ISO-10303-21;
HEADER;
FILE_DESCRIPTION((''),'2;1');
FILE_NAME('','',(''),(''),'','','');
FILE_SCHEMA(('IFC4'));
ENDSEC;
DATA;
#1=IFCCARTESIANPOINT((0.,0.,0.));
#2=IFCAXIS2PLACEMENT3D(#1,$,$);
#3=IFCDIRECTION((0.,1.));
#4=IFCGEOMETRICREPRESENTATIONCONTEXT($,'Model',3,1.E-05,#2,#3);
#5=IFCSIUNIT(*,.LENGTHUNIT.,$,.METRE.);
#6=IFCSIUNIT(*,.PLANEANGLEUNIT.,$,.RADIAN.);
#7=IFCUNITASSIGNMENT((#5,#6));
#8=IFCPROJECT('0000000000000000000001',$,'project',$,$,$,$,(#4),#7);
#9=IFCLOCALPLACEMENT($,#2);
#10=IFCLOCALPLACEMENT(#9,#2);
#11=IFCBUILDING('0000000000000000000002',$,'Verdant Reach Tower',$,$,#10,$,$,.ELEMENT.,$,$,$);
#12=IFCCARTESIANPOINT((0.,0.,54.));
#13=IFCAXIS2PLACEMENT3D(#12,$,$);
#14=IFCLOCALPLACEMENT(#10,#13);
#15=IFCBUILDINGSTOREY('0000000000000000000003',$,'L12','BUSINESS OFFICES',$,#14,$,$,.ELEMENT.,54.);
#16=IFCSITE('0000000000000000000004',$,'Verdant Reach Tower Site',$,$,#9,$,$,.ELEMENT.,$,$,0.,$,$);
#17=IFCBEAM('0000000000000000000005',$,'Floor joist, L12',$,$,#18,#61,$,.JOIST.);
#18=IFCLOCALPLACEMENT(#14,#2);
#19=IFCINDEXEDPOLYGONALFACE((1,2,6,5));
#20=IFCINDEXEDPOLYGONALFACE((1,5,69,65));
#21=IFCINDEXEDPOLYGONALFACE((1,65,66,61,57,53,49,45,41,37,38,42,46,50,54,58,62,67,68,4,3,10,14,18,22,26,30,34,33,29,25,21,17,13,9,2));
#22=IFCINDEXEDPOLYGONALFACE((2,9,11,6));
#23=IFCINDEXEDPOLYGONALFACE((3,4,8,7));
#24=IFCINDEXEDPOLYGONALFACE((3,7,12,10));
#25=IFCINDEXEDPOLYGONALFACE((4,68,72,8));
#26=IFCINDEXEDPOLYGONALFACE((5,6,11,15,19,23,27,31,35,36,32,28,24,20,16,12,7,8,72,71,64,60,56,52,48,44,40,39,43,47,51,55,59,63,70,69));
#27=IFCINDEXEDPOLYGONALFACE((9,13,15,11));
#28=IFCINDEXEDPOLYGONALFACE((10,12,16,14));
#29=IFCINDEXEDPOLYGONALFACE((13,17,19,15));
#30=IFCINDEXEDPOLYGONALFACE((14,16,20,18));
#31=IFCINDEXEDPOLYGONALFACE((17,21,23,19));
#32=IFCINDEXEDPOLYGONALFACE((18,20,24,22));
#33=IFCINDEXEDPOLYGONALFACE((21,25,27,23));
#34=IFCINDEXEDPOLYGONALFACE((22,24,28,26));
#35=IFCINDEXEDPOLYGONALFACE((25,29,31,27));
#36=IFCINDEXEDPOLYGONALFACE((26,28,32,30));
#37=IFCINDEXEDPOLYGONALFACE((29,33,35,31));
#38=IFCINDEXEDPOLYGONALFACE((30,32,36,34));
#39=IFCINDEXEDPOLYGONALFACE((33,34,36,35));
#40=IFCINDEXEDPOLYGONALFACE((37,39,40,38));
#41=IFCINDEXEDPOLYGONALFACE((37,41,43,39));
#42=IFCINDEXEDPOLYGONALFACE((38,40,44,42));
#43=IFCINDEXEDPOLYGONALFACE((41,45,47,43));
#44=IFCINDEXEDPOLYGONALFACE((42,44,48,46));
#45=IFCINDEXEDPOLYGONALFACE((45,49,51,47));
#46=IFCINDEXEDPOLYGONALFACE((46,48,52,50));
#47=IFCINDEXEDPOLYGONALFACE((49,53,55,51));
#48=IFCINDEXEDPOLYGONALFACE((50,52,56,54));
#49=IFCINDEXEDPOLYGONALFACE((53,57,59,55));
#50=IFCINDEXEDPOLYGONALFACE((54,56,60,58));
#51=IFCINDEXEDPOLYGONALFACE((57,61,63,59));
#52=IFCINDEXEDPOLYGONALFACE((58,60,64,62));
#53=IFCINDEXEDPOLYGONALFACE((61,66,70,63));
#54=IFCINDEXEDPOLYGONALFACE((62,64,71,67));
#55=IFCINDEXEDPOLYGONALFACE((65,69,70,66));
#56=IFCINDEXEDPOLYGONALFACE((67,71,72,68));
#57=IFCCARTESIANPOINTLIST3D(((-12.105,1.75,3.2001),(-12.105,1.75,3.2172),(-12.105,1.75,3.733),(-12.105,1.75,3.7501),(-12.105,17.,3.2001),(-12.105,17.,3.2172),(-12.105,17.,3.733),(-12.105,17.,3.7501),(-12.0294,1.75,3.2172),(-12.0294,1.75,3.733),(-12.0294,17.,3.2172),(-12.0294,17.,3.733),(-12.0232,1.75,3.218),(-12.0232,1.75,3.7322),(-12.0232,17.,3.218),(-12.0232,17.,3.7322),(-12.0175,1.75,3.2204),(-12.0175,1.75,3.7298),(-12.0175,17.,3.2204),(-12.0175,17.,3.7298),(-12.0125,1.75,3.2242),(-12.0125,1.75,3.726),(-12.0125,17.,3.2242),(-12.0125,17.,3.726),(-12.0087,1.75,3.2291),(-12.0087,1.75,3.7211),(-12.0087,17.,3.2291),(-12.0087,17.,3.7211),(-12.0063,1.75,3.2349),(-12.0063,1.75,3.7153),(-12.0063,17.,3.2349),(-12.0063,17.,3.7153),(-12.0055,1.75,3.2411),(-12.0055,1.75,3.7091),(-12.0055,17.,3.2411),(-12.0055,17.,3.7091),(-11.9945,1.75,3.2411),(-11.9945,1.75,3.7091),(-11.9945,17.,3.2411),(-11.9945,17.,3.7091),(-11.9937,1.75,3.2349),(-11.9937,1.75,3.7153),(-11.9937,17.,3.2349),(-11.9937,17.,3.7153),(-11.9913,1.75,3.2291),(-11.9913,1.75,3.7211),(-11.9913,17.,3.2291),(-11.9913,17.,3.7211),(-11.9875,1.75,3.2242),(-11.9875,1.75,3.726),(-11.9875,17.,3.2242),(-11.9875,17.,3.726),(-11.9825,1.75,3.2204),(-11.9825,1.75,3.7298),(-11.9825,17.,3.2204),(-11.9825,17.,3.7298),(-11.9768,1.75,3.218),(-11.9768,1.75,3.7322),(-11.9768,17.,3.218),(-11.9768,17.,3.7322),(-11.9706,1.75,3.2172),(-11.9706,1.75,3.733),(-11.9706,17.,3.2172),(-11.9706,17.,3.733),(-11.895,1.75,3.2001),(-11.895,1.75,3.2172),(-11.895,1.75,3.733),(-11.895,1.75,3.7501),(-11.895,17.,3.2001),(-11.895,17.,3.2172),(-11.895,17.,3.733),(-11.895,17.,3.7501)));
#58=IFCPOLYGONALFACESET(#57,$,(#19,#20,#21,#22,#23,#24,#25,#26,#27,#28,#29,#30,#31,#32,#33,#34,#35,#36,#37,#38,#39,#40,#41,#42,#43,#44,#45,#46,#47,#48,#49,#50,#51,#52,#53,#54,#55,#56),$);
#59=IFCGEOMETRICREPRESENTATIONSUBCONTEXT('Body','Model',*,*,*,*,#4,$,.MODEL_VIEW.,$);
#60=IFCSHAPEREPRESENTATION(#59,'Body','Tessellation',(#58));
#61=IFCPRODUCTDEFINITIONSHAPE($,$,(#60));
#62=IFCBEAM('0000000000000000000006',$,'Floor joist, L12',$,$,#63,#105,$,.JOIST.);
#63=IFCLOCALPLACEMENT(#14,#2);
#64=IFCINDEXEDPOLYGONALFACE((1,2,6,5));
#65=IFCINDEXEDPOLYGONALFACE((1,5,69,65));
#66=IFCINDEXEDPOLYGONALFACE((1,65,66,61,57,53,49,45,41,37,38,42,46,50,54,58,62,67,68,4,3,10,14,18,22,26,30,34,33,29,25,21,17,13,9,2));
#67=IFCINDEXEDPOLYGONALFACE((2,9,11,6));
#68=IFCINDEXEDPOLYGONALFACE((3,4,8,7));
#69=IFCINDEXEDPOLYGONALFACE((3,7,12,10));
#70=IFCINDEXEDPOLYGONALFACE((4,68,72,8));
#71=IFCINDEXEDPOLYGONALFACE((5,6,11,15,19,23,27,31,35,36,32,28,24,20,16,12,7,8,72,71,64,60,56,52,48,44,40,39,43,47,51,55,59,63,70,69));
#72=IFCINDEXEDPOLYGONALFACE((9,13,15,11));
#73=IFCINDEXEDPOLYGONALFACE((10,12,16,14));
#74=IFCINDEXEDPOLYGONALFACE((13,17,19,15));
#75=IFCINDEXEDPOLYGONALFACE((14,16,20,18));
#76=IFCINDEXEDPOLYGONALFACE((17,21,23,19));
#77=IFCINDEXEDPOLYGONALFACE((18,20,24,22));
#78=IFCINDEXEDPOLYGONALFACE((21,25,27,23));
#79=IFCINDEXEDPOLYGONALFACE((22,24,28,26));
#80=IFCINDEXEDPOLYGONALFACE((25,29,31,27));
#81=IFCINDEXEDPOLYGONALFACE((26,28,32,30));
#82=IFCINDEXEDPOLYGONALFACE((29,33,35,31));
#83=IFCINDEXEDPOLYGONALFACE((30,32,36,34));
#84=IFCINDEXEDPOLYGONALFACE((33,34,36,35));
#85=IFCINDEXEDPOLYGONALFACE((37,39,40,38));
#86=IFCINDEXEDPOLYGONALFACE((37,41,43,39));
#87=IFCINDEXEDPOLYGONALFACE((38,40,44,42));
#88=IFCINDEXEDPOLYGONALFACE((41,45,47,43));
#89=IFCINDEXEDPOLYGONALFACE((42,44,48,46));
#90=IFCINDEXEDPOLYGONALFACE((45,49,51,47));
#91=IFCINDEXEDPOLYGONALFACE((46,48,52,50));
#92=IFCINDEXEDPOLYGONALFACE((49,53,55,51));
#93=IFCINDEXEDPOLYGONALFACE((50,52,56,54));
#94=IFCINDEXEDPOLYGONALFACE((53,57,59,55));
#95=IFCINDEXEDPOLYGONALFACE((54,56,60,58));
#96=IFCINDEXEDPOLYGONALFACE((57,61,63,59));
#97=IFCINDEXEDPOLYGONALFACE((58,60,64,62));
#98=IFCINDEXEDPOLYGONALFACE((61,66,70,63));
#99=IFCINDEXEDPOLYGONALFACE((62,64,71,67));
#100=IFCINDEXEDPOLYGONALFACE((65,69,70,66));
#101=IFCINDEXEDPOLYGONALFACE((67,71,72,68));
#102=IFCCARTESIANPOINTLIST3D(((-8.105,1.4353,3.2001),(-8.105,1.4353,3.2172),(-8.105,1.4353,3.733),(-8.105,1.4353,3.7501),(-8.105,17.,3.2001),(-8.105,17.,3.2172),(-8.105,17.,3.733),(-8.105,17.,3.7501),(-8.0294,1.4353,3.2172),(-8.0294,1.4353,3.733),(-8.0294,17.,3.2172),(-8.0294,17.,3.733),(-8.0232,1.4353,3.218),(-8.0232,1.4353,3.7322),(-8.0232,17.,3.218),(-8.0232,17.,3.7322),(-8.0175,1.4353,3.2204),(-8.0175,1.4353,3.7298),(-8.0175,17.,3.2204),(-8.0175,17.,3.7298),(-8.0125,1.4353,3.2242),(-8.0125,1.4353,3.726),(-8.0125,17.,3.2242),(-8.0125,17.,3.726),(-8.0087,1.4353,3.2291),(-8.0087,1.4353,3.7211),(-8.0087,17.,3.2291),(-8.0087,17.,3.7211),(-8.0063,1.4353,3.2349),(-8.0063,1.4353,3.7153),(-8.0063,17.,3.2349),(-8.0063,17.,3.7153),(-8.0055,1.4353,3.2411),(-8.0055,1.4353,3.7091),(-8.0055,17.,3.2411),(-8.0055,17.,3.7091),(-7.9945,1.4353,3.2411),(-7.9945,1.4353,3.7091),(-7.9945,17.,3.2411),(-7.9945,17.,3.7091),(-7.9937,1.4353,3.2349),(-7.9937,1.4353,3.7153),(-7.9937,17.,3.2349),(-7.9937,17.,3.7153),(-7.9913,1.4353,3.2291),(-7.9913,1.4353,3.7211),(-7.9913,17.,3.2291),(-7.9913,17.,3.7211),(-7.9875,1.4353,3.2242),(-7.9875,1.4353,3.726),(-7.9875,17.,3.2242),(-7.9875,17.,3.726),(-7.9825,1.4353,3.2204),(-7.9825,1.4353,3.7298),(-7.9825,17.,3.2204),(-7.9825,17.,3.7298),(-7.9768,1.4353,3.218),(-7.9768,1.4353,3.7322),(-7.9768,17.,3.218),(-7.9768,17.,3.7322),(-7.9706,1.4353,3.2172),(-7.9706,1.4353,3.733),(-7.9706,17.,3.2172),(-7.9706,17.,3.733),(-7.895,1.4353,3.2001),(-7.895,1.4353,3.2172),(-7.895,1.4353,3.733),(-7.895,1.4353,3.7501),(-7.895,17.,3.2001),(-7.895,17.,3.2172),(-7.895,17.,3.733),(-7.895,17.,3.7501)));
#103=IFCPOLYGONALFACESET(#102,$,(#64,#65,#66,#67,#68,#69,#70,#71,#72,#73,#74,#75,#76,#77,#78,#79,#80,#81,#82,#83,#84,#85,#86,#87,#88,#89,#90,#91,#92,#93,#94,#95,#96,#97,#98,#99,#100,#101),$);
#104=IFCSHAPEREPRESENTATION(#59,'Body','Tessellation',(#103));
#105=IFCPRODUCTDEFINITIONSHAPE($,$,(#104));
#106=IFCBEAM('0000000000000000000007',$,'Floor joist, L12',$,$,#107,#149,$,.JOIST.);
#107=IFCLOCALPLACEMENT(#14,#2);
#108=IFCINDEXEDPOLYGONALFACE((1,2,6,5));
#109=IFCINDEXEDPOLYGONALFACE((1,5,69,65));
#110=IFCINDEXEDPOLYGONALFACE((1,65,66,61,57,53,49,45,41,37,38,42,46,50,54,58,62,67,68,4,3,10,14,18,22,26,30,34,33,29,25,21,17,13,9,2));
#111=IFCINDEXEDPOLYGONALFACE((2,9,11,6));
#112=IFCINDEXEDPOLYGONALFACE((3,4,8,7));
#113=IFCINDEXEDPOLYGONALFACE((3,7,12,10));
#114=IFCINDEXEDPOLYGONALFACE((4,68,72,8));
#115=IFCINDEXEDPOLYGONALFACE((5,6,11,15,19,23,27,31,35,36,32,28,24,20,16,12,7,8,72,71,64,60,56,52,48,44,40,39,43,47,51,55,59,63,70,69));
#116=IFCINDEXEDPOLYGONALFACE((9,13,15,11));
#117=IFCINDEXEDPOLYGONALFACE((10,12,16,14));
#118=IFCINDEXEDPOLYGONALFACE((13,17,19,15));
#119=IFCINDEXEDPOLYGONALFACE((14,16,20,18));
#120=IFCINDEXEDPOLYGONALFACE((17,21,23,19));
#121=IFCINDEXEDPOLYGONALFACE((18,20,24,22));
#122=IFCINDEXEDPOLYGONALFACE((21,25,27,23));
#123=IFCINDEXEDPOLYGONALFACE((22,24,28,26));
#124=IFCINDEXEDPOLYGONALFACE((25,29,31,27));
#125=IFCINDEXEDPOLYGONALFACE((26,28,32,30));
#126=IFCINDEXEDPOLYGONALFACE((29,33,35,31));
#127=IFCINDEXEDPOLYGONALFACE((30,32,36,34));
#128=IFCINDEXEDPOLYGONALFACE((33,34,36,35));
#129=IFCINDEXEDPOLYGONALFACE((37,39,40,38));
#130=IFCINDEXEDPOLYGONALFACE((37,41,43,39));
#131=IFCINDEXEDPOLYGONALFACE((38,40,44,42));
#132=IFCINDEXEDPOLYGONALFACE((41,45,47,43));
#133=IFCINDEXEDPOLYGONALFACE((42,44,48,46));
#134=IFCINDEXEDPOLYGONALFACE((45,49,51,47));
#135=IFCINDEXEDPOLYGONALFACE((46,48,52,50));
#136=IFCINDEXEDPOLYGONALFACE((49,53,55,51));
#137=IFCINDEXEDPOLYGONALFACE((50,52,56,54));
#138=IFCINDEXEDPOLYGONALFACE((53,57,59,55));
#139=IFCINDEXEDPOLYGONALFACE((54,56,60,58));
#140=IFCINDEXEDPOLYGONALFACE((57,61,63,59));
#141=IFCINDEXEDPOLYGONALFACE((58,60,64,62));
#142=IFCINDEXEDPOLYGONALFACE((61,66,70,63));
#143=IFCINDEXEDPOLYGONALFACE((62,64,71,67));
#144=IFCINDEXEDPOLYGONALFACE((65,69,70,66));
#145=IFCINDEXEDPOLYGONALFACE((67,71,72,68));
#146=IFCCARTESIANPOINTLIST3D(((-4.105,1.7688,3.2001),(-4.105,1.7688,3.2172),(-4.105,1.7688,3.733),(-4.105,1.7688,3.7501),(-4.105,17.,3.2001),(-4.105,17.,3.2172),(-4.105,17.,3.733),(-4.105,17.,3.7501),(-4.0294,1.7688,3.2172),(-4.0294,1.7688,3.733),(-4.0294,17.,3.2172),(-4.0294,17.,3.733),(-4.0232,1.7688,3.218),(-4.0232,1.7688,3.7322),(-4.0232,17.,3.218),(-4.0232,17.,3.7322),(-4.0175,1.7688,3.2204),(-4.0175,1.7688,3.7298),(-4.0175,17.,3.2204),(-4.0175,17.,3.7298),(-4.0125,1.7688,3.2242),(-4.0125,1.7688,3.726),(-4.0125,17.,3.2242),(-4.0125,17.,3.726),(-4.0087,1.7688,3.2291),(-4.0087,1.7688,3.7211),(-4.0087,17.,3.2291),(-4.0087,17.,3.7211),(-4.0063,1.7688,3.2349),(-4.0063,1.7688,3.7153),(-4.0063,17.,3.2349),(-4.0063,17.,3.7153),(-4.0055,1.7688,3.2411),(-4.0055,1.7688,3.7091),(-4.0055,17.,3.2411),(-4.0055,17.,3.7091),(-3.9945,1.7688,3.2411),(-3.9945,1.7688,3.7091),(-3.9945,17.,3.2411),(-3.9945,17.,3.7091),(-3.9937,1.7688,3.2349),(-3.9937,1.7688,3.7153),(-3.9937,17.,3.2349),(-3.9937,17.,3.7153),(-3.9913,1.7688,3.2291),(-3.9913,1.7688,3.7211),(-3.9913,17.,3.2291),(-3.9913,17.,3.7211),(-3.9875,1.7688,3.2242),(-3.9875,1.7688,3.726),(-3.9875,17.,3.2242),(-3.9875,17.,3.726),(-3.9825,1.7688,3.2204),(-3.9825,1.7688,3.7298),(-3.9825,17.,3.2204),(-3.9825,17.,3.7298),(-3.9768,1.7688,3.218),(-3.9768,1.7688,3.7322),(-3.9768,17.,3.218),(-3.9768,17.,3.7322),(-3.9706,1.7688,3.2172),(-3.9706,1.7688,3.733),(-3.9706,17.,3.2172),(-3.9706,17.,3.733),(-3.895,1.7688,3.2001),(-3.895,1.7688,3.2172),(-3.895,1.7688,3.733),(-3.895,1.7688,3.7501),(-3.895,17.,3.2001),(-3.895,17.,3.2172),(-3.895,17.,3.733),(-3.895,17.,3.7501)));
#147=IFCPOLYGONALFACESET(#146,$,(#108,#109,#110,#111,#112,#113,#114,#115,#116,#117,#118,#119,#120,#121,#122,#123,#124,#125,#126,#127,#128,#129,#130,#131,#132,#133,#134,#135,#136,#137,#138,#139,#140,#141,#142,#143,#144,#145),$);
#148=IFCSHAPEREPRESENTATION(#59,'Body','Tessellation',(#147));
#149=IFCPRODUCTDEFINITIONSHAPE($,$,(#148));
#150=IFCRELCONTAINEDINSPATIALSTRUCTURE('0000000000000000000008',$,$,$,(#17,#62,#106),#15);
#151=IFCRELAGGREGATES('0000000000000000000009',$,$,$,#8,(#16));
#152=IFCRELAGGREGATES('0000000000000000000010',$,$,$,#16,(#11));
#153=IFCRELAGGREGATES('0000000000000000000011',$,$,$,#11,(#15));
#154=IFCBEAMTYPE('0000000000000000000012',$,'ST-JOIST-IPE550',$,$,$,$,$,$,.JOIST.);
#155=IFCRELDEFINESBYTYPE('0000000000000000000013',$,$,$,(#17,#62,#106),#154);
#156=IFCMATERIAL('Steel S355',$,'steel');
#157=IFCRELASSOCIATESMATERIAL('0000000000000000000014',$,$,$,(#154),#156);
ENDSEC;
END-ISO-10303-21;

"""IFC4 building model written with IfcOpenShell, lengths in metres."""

from ifc_helpers import new_model, si_unit, direction, frame, origin, origin_2d, place, context, subcontext, project, spatial, i_section, extrude, material, material_profile, profile_set, type_object, element, save


model = new_model("IFC4")

# Units and contexts
model_context = context("Model", 3, precision=1e-05, world=origin(), true_north=direction((0.0, 1.0)))
body_context = subcontext(model_context, "Body", "Model", "MODEL_VIEW")
ifc_project = project(units=[si_unit("LENGTHUNIT", "METRE"), si_unit("PLANEANGLEUNIT", "RADIAN")], contexts=[model_context])

# Site, building, storey
site_placement = place(None, origin())
site = spatial("IfcSite", under=ifc_project, at=site_placement, Name="Verdant Reach Tower Site", CompositionType="ELEMENT", RefElevation=0.0)
building_placement = place(site_placement, origin())
building = spatial("IfcBuilding", under=site, at=building_placement, Name="Verdant Reach Tower", CompositionType="ELEMENT")
storey_placement = place(building_placement, frame((0.0, 0.0, 54.0)))
storey = spatial("IfcBuildingStorey", under=building, at=storey_placement, Name="L12", Description="BUSINESS OFFICES", CompositionType="ELEMENT", Elevation=54.0)

# Beams
ifc_material_1 = material(Name="Steel S355", Category="steel")
ifc_material_profile_1 = material_profile(ifc_material_1, i_section(OverallWidth=0.21, OverallDepth=0.55, WebThickness=0.011, FlangeThickness=0.0171, FilletRadius=0.0239, at=origin_2d()), Name="IPE 550")
ifc_profile_set_1 = profile_set([ifc_material_profile_1], Name="Steel S355")
beam_type_1 = type_object("IfcBeamType", Name="ST-JOIST-IPE550", PredefinedType="JOIST", material=ifc_profile_set_1)
beam_1_placement = place(storey_placement, frame((-12.0, 17.0, 3.4751), z_axis=(0.0, -1.0, 0.0), x_axis=(1.0, 0.0, 0.0)))
element("IfcBeam", 1, at=beam_1_placement, inside=storey, type_object=beam_type_1, Name="Floor joist, L12", PredefinedType="JOIST", context=body_context, shape_type="SweptSolid", body=[
    extrude(i_section(OverallWidth=0.21, OverallDepth=0.55, WebThickness=0.011, FlangeThickness=0.0171, FilletRadius=0.0239, at=origin_2d()), origin(), (0.0, 0.0, 1.0), 15.25),
])
beam_2_placement = place(storey_placement, frame((-8.0, 17.0, 3.4751), z_axis=(0.0, -1.0, 0.0), x_axis=(1.0, 0.0, 0.0)))
element("IfcBeam", 2, at=beam_2_placement, inside=storey, type_object=beam_type_1, Name="Floor joist, L12", PredefinedType="JOIST", context=body_context, shape_type="SweptSolid", body=[
    extrude(i_section(OverallWidth=0.21, OverallDepth=0.55, WebThickness=0.011, FlangeThickness=0.0171, FilletRadius=0.0239, at=origin_2d()), origin(), (0.0, 0.0, 1.0), 15.5647),
])
beam_3_placement = place(storey_placement, frame((-4.0, 17.0, 3.4751), z_axis=(0.0, -1.0, 0.0), x_axis=(1.0, 0.0, 0.0)))
element("IfcBeam", 3, at=beam_3_placement, inside=storey, type_object=beam_type_1, Name="Floor joist, L12", PredefinedType="JOIST", context=body_context, shape_type="SweptSolid", body=[
    extrude(i_section(OverallWidth=0.21, OverallDepth=0.55, WebThickness=0.011, FlangeThickness=0.0171, FilletRadius=0.0239, at=origin_2d()), origin(), (0.0, 0.0, 1.0), 15.2312),
])

save(model, "model.ifc")
